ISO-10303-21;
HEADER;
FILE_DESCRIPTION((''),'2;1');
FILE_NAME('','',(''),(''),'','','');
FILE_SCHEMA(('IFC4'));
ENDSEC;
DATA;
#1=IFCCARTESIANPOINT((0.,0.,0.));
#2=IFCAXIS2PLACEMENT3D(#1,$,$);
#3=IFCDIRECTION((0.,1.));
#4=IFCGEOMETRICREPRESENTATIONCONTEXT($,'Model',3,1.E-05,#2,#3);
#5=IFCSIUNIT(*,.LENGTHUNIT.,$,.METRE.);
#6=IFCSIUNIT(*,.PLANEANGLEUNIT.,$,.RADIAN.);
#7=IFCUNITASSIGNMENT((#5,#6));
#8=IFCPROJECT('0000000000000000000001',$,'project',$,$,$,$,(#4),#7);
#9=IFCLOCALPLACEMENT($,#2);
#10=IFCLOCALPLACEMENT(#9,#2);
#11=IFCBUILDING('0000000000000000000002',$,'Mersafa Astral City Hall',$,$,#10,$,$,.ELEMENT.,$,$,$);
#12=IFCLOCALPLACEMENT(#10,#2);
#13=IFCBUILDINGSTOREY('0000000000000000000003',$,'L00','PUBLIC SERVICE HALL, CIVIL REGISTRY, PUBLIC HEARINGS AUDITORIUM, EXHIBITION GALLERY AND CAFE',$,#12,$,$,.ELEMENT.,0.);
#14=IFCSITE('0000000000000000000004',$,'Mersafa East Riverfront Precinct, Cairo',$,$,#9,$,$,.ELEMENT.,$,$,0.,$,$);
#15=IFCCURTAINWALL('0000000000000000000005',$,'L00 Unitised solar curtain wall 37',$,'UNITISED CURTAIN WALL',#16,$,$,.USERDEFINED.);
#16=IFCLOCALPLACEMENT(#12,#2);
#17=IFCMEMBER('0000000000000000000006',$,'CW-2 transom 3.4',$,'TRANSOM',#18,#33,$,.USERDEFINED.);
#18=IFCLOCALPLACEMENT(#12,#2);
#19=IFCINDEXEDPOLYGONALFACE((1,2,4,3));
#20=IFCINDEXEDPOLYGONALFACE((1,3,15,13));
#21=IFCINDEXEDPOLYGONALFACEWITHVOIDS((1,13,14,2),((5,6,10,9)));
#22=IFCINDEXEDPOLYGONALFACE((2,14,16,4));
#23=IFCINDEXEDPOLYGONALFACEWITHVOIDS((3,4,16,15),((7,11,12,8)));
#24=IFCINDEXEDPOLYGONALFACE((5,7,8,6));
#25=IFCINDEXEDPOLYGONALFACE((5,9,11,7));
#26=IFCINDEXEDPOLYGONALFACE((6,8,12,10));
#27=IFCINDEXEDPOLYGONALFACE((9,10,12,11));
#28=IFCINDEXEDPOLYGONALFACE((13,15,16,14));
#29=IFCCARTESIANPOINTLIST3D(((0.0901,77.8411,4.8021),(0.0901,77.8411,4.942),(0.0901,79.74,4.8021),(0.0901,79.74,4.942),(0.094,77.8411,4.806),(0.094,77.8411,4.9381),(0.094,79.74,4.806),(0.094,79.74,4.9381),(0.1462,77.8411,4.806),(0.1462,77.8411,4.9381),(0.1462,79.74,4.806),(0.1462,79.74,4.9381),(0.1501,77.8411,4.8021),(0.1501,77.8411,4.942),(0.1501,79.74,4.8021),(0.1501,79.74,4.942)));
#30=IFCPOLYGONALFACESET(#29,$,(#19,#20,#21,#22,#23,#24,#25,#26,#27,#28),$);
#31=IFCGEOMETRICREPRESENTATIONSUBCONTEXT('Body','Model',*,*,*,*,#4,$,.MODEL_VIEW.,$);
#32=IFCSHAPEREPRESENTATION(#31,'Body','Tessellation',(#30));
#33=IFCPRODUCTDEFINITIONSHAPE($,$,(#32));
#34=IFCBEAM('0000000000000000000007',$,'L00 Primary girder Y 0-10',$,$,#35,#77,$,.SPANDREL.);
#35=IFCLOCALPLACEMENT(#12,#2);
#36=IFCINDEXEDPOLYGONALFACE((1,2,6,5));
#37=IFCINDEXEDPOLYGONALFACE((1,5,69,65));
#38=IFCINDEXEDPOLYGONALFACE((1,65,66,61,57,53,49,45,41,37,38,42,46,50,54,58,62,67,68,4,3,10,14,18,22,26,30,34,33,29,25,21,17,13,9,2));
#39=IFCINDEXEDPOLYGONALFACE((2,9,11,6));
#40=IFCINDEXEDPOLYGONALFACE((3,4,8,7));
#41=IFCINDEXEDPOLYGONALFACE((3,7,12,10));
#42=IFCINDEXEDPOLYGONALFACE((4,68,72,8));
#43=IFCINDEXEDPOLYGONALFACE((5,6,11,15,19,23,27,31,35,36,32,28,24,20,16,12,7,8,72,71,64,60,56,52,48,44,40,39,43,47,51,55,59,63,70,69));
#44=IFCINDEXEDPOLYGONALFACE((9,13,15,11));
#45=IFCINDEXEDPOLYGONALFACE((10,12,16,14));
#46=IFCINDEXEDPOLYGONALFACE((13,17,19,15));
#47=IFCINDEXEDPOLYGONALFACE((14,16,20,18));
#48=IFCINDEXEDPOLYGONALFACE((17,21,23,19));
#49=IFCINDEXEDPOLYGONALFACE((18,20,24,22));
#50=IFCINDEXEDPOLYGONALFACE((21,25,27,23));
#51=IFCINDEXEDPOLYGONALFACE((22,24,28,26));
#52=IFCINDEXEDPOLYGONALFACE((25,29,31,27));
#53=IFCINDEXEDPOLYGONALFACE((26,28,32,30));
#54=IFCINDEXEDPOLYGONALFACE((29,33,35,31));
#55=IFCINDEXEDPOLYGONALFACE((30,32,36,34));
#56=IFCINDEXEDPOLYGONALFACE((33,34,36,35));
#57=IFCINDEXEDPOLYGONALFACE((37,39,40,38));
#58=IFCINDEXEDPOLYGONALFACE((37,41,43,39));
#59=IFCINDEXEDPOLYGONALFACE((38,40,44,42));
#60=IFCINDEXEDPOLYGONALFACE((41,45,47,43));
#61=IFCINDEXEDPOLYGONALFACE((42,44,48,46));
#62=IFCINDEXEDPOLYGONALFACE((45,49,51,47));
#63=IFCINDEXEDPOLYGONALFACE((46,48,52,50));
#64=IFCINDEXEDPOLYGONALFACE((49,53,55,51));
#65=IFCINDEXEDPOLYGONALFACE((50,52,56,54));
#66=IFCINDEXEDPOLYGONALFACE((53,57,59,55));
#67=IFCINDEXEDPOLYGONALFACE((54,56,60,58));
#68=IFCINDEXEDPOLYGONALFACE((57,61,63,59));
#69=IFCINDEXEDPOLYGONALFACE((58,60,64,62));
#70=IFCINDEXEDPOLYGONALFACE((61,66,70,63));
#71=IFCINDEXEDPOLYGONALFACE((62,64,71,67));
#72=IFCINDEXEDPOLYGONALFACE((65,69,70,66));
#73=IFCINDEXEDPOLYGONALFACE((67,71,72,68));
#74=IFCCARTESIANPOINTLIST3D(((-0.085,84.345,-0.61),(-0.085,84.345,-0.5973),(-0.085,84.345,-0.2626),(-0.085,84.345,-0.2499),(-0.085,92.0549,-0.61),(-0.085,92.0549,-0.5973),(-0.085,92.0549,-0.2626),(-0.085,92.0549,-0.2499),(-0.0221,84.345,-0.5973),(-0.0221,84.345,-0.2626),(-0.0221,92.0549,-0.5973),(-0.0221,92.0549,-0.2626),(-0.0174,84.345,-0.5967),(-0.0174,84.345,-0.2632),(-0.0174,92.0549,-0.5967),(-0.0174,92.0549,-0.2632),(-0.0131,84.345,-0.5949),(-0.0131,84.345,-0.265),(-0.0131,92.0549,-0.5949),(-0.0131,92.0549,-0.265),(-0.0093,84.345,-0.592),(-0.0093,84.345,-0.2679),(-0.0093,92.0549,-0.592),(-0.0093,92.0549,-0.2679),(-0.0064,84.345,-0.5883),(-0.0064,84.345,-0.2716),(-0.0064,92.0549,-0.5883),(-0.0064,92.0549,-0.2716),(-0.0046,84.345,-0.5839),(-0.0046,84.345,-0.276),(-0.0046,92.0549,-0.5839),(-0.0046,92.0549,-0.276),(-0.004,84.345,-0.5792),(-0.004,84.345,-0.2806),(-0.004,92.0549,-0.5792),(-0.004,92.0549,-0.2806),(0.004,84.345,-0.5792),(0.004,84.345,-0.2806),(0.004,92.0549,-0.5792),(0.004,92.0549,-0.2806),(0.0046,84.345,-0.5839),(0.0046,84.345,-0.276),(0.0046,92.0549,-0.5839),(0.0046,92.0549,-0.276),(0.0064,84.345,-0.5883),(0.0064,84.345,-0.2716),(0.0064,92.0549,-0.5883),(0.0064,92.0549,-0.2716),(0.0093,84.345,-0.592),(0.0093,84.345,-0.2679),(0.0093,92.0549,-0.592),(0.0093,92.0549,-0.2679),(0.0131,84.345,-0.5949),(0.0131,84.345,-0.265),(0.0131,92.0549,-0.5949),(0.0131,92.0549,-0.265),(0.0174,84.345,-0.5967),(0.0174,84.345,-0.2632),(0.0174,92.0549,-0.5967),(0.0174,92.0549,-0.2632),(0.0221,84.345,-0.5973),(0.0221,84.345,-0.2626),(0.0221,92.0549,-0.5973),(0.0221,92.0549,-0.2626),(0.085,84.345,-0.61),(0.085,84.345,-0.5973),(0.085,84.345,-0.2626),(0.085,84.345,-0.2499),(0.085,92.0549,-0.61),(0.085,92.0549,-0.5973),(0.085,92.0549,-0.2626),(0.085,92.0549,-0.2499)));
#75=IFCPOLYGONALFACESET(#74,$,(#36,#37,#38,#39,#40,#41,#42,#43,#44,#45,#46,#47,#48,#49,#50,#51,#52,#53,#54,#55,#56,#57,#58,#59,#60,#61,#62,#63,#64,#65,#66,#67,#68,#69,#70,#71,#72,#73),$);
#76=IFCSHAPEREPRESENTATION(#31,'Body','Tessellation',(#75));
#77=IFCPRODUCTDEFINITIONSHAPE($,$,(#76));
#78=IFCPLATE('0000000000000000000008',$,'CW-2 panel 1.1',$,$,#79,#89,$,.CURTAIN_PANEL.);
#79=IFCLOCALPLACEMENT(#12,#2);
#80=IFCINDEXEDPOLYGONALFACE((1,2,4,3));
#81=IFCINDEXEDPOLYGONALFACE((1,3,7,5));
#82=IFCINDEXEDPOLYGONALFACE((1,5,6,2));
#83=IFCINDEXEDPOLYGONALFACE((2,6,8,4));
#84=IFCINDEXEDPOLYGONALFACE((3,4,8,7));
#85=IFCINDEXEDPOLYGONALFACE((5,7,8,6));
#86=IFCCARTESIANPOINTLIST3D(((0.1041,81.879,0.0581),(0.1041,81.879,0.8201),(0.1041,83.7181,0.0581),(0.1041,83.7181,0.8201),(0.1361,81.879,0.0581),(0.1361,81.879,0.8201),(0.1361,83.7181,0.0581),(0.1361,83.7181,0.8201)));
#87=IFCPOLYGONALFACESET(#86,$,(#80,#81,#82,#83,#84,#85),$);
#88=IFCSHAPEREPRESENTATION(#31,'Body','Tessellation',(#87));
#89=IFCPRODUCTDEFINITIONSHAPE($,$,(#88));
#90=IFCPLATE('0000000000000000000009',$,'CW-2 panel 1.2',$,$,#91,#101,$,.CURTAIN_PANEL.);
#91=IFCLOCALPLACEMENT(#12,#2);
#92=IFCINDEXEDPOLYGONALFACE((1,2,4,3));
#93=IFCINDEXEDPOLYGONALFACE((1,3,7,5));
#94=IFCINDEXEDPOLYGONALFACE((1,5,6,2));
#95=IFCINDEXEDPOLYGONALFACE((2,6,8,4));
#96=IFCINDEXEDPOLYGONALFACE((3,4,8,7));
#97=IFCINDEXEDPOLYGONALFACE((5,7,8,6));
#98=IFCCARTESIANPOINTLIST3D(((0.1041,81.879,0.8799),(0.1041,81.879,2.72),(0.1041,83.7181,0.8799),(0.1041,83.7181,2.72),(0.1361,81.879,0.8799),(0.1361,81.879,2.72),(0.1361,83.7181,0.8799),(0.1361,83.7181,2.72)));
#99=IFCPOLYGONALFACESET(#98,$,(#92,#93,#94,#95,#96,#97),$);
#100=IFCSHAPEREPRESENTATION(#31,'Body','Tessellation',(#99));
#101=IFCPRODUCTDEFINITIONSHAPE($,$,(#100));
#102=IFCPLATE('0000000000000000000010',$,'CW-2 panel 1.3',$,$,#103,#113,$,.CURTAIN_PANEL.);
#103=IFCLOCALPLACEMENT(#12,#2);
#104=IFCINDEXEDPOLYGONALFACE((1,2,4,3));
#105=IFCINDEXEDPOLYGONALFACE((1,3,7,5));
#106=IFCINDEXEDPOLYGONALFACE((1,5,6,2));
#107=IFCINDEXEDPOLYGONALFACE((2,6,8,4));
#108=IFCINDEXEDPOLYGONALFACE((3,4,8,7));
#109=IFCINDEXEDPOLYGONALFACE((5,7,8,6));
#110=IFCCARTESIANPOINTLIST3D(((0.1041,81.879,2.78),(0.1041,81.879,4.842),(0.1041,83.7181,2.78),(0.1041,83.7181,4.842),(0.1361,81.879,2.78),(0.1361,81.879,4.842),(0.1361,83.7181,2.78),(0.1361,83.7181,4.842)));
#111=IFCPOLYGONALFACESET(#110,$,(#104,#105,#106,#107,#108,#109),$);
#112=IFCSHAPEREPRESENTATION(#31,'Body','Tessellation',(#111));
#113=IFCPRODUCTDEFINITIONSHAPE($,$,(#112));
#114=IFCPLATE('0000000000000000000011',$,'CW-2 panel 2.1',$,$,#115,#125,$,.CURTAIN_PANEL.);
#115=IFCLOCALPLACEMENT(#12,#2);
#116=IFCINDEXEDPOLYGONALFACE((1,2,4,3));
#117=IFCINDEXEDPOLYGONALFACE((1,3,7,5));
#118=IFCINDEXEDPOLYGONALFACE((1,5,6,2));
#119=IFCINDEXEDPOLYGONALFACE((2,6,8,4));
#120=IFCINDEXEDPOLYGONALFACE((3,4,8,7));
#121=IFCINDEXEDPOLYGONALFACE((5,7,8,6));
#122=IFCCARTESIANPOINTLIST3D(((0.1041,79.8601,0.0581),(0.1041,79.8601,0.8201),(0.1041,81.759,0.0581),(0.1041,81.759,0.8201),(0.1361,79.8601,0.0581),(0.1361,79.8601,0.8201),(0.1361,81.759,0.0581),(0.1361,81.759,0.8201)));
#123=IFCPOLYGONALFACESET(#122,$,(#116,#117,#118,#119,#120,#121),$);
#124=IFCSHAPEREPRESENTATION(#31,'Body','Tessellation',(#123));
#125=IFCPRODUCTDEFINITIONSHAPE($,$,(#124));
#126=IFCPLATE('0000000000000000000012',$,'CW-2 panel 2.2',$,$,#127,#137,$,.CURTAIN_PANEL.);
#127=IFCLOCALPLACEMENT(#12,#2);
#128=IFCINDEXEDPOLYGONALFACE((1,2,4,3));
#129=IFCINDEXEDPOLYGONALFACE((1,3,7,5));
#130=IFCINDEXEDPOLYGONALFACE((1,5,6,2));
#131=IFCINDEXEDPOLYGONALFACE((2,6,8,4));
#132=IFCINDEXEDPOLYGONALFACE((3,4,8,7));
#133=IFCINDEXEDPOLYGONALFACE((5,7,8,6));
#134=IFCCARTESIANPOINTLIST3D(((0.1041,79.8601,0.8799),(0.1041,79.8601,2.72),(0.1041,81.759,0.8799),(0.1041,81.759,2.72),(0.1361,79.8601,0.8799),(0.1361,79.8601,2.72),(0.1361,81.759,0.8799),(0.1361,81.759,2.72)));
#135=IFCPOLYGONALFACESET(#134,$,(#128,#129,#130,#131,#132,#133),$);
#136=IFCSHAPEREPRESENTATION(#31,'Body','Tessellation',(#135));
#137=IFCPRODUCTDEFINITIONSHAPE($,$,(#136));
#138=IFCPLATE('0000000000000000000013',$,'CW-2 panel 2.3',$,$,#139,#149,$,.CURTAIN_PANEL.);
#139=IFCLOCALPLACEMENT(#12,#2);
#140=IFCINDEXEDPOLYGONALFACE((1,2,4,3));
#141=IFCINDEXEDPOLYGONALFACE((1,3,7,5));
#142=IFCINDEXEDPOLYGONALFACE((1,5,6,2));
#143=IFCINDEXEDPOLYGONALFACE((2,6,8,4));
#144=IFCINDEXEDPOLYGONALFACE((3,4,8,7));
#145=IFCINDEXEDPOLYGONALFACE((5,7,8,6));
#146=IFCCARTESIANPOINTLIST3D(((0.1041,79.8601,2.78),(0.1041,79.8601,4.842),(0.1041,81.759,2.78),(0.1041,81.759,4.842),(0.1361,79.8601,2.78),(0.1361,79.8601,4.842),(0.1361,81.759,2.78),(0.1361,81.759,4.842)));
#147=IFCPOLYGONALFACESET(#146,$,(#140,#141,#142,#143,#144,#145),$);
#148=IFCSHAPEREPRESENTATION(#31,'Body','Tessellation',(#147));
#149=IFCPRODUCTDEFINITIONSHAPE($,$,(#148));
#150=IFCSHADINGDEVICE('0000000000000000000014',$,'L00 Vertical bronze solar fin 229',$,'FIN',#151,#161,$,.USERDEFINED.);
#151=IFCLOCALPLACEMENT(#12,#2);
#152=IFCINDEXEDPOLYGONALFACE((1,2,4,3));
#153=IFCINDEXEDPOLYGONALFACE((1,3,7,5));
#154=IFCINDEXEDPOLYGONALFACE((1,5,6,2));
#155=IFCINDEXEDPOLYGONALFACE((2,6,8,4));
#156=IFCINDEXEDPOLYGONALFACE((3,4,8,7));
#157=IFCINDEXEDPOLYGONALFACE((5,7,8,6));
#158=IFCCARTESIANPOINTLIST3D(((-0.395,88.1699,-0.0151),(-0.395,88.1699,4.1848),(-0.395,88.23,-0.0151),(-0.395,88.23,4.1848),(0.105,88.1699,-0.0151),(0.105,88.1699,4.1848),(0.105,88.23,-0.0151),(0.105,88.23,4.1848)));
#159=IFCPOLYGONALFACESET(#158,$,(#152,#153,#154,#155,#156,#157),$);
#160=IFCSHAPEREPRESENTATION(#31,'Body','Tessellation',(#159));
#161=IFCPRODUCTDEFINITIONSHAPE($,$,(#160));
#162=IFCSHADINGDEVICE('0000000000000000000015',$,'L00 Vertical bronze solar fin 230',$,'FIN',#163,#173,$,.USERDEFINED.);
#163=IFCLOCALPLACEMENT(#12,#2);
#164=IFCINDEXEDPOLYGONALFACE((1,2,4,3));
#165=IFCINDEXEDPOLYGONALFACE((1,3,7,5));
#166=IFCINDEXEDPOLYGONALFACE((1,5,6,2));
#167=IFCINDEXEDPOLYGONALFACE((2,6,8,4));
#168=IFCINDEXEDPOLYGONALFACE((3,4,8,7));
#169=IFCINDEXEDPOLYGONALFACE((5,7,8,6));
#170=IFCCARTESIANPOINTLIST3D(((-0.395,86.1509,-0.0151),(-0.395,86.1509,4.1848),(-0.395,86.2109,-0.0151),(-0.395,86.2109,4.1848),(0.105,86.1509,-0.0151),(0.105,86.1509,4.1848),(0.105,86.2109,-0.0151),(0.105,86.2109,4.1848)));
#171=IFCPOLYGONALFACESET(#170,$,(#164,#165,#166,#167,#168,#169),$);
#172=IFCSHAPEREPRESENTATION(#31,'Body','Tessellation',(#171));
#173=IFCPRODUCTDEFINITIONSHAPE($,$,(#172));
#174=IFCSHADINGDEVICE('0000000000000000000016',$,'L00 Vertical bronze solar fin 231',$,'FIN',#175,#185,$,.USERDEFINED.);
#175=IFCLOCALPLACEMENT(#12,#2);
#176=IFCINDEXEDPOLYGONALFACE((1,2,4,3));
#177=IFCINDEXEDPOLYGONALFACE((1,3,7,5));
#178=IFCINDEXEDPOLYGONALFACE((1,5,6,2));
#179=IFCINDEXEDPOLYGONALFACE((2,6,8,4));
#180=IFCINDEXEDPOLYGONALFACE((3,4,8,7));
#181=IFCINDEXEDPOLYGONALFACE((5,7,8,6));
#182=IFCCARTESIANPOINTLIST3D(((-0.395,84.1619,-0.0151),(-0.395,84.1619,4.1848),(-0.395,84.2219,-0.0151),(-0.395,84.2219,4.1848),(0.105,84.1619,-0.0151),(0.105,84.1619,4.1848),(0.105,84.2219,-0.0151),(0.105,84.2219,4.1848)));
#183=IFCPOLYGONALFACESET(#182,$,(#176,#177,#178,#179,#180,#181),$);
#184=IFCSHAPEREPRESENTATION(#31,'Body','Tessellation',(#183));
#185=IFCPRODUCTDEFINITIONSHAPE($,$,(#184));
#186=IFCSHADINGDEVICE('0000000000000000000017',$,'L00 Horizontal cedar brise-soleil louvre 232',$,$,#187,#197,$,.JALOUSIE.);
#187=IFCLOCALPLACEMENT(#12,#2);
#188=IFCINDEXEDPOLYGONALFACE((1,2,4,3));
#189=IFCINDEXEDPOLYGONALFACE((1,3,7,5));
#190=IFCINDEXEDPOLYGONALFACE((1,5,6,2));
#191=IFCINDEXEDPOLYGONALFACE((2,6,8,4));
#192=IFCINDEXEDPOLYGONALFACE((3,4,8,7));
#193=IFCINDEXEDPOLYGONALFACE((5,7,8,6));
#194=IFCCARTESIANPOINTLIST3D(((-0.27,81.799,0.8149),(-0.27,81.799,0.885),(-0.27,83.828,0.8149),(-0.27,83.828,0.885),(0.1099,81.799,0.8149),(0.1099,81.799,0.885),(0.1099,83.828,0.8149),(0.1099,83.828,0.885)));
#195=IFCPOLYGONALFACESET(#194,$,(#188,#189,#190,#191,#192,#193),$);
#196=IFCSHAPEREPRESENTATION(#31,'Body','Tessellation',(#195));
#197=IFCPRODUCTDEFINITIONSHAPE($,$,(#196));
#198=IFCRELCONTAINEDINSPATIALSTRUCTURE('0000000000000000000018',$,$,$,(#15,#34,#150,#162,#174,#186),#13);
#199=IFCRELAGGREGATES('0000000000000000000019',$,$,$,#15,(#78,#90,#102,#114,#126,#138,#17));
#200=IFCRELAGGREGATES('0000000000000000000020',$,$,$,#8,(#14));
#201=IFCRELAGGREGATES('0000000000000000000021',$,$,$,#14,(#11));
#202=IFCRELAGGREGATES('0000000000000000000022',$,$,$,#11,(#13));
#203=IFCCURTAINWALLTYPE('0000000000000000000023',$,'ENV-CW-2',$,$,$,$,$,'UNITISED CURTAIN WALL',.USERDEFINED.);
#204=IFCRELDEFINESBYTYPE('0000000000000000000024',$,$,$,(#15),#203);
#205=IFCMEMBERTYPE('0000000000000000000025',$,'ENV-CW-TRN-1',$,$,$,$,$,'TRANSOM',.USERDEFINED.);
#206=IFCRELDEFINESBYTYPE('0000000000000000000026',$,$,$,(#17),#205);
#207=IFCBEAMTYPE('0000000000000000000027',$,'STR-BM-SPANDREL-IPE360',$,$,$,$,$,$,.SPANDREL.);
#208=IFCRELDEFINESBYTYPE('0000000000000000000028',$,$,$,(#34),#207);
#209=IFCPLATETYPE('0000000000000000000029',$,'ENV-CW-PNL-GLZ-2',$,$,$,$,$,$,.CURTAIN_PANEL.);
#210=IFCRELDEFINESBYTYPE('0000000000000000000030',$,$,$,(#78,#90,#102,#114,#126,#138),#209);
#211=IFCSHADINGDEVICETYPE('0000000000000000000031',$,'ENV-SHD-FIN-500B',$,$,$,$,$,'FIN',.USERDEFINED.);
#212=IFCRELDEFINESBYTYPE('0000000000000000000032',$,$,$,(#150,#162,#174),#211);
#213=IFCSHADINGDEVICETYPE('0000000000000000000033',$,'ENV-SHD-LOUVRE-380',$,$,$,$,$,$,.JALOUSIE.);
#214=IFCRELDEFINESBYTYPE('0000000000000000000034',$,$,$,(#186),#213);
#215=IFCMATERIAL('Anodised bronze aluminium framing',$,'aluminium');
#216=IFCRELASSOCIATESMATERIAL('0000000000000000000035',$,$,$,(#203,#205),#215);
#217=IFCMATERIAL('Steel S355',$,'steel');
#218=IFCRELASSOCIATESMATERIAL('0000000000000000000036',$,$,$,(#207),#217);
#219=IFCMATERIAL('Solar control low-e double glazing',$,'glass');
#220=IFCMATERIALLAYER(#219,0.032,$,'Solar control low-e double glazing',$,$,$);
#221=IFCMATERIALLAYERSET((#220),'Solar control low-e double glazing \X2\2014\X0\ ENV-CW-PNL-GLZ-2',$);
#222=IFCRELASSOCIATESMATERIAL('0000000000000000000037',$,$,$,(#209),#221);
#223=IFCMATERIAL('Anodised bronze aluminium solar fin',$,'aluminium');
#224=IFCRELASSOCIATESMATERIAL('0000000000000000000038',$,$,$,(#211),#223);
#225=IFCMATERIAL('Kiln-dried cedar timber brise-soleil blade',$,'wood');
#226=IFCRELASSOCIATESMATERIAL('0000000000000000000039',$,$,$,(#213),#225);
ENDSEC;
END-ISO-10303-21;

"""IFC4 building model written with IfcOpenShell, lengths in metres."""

from ifc_helpers import new_model, si_unit, direction, frame, origin, origin_2d, place, context, subcontext, project, spatial, rectangle, hollow_rectangle, i_section, extrude, material, layer, layer_set, material_profile, profile_set, type_object, element, aggregate, save


model = new_model("IFC4")

# Units and contexts
model_context = context("Model", 3, precision=1e-05, world=origin(), true_north=direction((0.0, 1.0)))
body_context = subcontext(model_context, "Body", "Model", "MODEL_VIEW")
ifc_project = project(units=[si_unit("LENGTHUNIT", "METRE"), si_unit("PLANEANGLEUNIT", "RADIAN")], contexts=[model_context])

# Site, building, storey
site_placement = place(None, origin())
site = spatial("IfcSite", under=ifc_project, at=site_placement, Name="Mersafa East Riverfront Precinct, Cairo", CompositionType="ELEMENT", RefElevation=0.0)
building_placement = place(site_placement, origin())
building = spatial("IfcBuilding", under=site, at=building_placement, Name="Mersafa Astral City Hall", CompositionType="ELEMENT")
storey_placement = place(building_placement, origin())
storey = spatial("IfcBuildingStorey", under=building, at=storey_placement, Name="L00", Description="PUBLIC SERVICE HALL, CIVIL REGISTRY, PUBLIC HEARINGS AUDITORIUM, EXHIBITION GALLERY AND CAFE", CompositionType="ELEMENT", Elevation=0.0)

# Shared definitions
ifc_material_1 = material(Name="Steel S355", Category="steel")

# Curtain wall, member
ifc_material_2 = material(Name="Anodised bronze aluminium framing", Category="aluminium")
curtain_wall_type = type_object("IfcCurtainWallType", Name="ENV-CW-2", ElementType="UNITISED CURTAIN WALL", PredefinedType="USERDEFINED", material=ifc_material_2)
curtain_wall_placement = place(storey_placement, origin())
curtain_wall = element("IfcCurtainWall", 1, at=curtain_wall_placement, inside=storey, type_object=curtain_wall_type, Name="L00 Unitised solar curtain wall 37", ObjectType="UNITISED CURTAIN WALL", PredefinedType="USERDEFINED")
ifc_material_profile_1 = material_profile(ifc_material_2, hollow_rectangle(XDim=0.0601, YDim=0.1399, WallThickness=0.0039, at=origin_2d()), Name="RHS 60x140x4")
ifc_profile_set_1 = profile_set([ifc_material_profile_1], Name="Anodised bronze aluminium framing")
member_type_1 = type_object("IfcMemberType", Name="ENV-CW-TRN-1", ElementType="TRANSOM", PredefinedType="USERDEFINED", material=ifc_profile_set_1)
member_1_placement = place(storey_placement, frame((0.1201, 79.74, 4.8721), z_axis=(0.0, -1.0, 0.0), x_axis=(1.0, 0.0, 0.0)))
member_1 = element("IfcMember", 2, at=member_1_placement, type_object=member_type_1, Name="CW-2 transom 3.4", ObjectType="TRANSOM", PredefinedType="USERDEFINED", context=body_context, shape_type="SweptSolid", body=[
    extrude(hollow_rectangle(XDim=0.0601, YDim=0.1399, WallThickness=0.0039, at=origin_2d()), origin(), (0.0, 0.0, 1.0), 1.8989),
])

# Beam
ifc_material_profile_2 = material_profile(ifc_material_1, i_section(OverallWidth=0.1699, OverallDepth=0.3601, WebThickness=0.0081, FlangeThickness=0.0127, FilletRadius=0.0181, at=origin_2d()), Name="IPE 360")
ifc_profile_set_2 = profile_set([ifc_material_profile_2], Name="Steel S355")
beam_type = type_object("IfcBeamType", Name="STR-BM-SPANDREL-IPE360", PredefinedType="SPANDREL", material=ifc_profile_set_2)
beam_placement = place(storey_placement, frame((0.0, 84.345, -0.4299), z_axis=(0.0, 1.0, 0.0), x_axis=(-1.0, 0.0, 0.0)))
element("IfcBeam", 3, at=beam_placement, inside=storey, type_object=beam_type, Name="L00 Primary girder Y 0-10", PredefinedType="SPANDREL", context=body_context, shape_type="SweptSolid", body=[
    extrude(i_section(OverallWidth=0.1699, OverallDepth=0.3601, WebThickness=0.0081, FlangeThickness=0.0127, FilletRadius=0.0181, at=origin_2d()), origin(), (0.0, 0.0, 1.0), 7.71),
])

# Plates
ifc_material_3 = material(Name="Solar control low-e double glazing", Category="glass")
ifc_layer = layer(ifc_material_3, 0.032, Name="Solar control low-e double glazing")
ifc_layer_set = layer_set([ifc_layer], Name="Solar control low-e double glazing — ENV-CW-PNL-GLZ-2")
plate_type = type_object("IfcPlateType", Name="ENV-CW-PNL-GLZ-2", PredefinedType="CURTAIN_PANEL", material=ifc_layer_set)
plate_1_placement = place(storey_placement, frame((0.1201, 82.7986, 0.0581), z_axis=(0.0, 0.0, 1.0), x_axis=(0.0, -1.0, 0.0)))
plate_1 = element("IfcPlate", 4, at=plate_1_placement, type_object=plate_type, Name="CW-2 panel 1.1", PredefinedType="CURTAIN_PANEL", context=body_context, shape_type="SweptSolid", body=[
    extrude(rectangle(XDim=1.8391, YDim=0.032, at=origin_2d()), origin(), (0.0, 0.0, 1.0), 0.762),
])
plate_2_placement = place(storey_placement, frame((0.1201, 82.7986, 0.8799), z_axis=(0.0, 0.0, 1.0), x_axis=(0.0, -1.0, 0.0)))
plate_2 = element("IfcPlate", 5, at=plate_2_placement, type_object=plate_type, Name="CW-2 panel 1.2", PredefinedType="CURTAIN_PANEL", context=body_context, shape_type="SweptSolid", body=[
    extrude(rectangle(XDim=1.8391, YDim=0.032, at=origin_2d()), origin(), (0.0, 0.0, 1.0), 1.8401),
])
plate_3_placement = place(storey_placement, frame((0.1201, 82.7986, 2.78), z_axis=(0.0, 0.0, 1.0), x_axis=(0.0, -1.0, 0.0)))
plate_3 = element("IfcPlate", 6, at=plate_3_placement, type_object=plate_type, Name="CW-2 panel 1.3", PredefinedType="CURTAIN_PANEL", context=body_context, shape_type="SweptSolid", body=[
    extrude(rectangle(XDim=1.8391, YDim=0.032, at=origin_2d()), origin(), (0.0, 0.0, 1.0), 2.062),
])
plate_4_placement = place(storey_placement, frame((0.1201, 80.8096, 0.0581), z_axis=(0.0, 0.0, 1.0), x_axis=(0.0, -1.0, 0.0)))
plate_4 = element("IfcPlate", 7, at=plate_4_placement, type_object=plate_type, Name="CW-2 panel 2.1", PredefinedType="CURTAIN_PANEL", context=body_context, shape_type="SweptSolid", body=[
    extrude(rectangle(XDim=1.8989, YDim=0.032, at=origin_2d()), origin(), (0.0, 0.0, 1.0), 0.762),
])
plate_5_placement = place(storey_placement, frame((0.1201, 80.8096, 0.8799), z_axis=(0.0, 0.0, 1.0), x_axis=(0.0, -1.0, 0.0)))
plate_5 = element("IfcPlate", 8, at=plate_5_placement, type_object=plate_type, Name="CW-2 panel 2.2", PredefinedType="CURTAIN_PANEL", context=body_context, shape_type="SweptSolid", body=[
    extrude(rectangle(XDim=1.8989, YDim=0.032, at=origin_2d()), origin(), (0.0, 0.0, 1.0), 1.8401),
])
plate_6_placement = place(storey_placement, frame((0.1201, 80.8096, 2.78), z_axis=(0.0, 0.0, 1.0), x_axis=(0.0, -1.0, 0.0)))
plate_6 = element("IfcPlate", 9, at=plate_6_placement, type_object=plate_type, Name="CW-2 panel 2.3", PredefinedType="CURTAIN_PANEL", context=body_context, shape_type="SweptSolid", body=[
    extrude(rectangle(XDim=1.8989, YDim=0.032, at=origin_2d()), origin(), (0.0, 0.0, 1.0), 2.062),
])
aggregate(curtain_wall, [plate_1, plate_2, plate_3, plate_4, plate_5, plate_6, member_1])

# Shading devices
ifc_material_4 = material(Name="Anodised bronze aluminium solar fin", Category="aluminium")
shading_device_type_1 = type_object("IfcShadingDeviceType", Name="ENV-SHD-FIN-500B", ElementType="FIN", PredefinedType="USERDEFINED", material=ifc_material_4)
for number, where, z_axis, x_axis, name in (
    (10, (-0.145, 88.2, -0.0151), (0.0, 0.0, 1.0), (0.0, -1.0, 0.0), "L00 Vertical bronze solar fin 229"),
    (11, (-0.145, 86.1809, -0.0151), (0.0, 0.0, 1.0), (0.0, -1.0, 0.0), "L00 Vertical bronze solar fin 230"),
    (12, (-0.145, 84.1919, -0.0151), (0.0, 0.0, 1.0), (0.0, -1.0, 0.0), "L00 Vertical bronze solar fin 231"),
):
    element("IfcShadingDevice", number, at=place(storey_placement, frame(where, z_axis=z_axis, x_axis=x_axis)), inside=storey, type_object=shading_device_type_1, Name=name, ObjectType="FIN", PredefinedType="USERDEFINED", context=body_context, shape_type="SweptSolid", body=[
        extrude(rectangle(XDim=0.0601, YDim=0.5, at=origin_2d()), origin(), (0.0, 0.0, 1.0), 4.2),
    ])
ifc_material_5 = material(Name="Kiln-dried cedar timber brise-soleil blade", Category="wood")
shading_device_type_2 = type_object("IfcShadingDeviceType", Name="ENV-SHD-LOUVRE-380", PredefinedType="JALOUSIE", material=ifc_material_5)
shading_device_1_placement = place(storey_placement, frame((-0.0801, 82.8135, 0.8149), z_axis=(0.0, 0.0, 1.0), x_axis=(0.0, -1.0, 0.0)))
element("IfcShadingDevice", 13, at=shading_device_1_placement, inside=storey, type_object=shading_device_type_2, Name="L00 Horizontal cedar brise-soleil louvre 232", PredefinedType="JALOUSIE", context=body_context, shape_type="SweptSolid", body=[
    extrude(rectangle(XDim=2.0291, YDim=0.3799, at=origin_2d()), origin(), (0.0, 0.0, 1.0), 0.0701),
])

save(model, "model.ifc")
